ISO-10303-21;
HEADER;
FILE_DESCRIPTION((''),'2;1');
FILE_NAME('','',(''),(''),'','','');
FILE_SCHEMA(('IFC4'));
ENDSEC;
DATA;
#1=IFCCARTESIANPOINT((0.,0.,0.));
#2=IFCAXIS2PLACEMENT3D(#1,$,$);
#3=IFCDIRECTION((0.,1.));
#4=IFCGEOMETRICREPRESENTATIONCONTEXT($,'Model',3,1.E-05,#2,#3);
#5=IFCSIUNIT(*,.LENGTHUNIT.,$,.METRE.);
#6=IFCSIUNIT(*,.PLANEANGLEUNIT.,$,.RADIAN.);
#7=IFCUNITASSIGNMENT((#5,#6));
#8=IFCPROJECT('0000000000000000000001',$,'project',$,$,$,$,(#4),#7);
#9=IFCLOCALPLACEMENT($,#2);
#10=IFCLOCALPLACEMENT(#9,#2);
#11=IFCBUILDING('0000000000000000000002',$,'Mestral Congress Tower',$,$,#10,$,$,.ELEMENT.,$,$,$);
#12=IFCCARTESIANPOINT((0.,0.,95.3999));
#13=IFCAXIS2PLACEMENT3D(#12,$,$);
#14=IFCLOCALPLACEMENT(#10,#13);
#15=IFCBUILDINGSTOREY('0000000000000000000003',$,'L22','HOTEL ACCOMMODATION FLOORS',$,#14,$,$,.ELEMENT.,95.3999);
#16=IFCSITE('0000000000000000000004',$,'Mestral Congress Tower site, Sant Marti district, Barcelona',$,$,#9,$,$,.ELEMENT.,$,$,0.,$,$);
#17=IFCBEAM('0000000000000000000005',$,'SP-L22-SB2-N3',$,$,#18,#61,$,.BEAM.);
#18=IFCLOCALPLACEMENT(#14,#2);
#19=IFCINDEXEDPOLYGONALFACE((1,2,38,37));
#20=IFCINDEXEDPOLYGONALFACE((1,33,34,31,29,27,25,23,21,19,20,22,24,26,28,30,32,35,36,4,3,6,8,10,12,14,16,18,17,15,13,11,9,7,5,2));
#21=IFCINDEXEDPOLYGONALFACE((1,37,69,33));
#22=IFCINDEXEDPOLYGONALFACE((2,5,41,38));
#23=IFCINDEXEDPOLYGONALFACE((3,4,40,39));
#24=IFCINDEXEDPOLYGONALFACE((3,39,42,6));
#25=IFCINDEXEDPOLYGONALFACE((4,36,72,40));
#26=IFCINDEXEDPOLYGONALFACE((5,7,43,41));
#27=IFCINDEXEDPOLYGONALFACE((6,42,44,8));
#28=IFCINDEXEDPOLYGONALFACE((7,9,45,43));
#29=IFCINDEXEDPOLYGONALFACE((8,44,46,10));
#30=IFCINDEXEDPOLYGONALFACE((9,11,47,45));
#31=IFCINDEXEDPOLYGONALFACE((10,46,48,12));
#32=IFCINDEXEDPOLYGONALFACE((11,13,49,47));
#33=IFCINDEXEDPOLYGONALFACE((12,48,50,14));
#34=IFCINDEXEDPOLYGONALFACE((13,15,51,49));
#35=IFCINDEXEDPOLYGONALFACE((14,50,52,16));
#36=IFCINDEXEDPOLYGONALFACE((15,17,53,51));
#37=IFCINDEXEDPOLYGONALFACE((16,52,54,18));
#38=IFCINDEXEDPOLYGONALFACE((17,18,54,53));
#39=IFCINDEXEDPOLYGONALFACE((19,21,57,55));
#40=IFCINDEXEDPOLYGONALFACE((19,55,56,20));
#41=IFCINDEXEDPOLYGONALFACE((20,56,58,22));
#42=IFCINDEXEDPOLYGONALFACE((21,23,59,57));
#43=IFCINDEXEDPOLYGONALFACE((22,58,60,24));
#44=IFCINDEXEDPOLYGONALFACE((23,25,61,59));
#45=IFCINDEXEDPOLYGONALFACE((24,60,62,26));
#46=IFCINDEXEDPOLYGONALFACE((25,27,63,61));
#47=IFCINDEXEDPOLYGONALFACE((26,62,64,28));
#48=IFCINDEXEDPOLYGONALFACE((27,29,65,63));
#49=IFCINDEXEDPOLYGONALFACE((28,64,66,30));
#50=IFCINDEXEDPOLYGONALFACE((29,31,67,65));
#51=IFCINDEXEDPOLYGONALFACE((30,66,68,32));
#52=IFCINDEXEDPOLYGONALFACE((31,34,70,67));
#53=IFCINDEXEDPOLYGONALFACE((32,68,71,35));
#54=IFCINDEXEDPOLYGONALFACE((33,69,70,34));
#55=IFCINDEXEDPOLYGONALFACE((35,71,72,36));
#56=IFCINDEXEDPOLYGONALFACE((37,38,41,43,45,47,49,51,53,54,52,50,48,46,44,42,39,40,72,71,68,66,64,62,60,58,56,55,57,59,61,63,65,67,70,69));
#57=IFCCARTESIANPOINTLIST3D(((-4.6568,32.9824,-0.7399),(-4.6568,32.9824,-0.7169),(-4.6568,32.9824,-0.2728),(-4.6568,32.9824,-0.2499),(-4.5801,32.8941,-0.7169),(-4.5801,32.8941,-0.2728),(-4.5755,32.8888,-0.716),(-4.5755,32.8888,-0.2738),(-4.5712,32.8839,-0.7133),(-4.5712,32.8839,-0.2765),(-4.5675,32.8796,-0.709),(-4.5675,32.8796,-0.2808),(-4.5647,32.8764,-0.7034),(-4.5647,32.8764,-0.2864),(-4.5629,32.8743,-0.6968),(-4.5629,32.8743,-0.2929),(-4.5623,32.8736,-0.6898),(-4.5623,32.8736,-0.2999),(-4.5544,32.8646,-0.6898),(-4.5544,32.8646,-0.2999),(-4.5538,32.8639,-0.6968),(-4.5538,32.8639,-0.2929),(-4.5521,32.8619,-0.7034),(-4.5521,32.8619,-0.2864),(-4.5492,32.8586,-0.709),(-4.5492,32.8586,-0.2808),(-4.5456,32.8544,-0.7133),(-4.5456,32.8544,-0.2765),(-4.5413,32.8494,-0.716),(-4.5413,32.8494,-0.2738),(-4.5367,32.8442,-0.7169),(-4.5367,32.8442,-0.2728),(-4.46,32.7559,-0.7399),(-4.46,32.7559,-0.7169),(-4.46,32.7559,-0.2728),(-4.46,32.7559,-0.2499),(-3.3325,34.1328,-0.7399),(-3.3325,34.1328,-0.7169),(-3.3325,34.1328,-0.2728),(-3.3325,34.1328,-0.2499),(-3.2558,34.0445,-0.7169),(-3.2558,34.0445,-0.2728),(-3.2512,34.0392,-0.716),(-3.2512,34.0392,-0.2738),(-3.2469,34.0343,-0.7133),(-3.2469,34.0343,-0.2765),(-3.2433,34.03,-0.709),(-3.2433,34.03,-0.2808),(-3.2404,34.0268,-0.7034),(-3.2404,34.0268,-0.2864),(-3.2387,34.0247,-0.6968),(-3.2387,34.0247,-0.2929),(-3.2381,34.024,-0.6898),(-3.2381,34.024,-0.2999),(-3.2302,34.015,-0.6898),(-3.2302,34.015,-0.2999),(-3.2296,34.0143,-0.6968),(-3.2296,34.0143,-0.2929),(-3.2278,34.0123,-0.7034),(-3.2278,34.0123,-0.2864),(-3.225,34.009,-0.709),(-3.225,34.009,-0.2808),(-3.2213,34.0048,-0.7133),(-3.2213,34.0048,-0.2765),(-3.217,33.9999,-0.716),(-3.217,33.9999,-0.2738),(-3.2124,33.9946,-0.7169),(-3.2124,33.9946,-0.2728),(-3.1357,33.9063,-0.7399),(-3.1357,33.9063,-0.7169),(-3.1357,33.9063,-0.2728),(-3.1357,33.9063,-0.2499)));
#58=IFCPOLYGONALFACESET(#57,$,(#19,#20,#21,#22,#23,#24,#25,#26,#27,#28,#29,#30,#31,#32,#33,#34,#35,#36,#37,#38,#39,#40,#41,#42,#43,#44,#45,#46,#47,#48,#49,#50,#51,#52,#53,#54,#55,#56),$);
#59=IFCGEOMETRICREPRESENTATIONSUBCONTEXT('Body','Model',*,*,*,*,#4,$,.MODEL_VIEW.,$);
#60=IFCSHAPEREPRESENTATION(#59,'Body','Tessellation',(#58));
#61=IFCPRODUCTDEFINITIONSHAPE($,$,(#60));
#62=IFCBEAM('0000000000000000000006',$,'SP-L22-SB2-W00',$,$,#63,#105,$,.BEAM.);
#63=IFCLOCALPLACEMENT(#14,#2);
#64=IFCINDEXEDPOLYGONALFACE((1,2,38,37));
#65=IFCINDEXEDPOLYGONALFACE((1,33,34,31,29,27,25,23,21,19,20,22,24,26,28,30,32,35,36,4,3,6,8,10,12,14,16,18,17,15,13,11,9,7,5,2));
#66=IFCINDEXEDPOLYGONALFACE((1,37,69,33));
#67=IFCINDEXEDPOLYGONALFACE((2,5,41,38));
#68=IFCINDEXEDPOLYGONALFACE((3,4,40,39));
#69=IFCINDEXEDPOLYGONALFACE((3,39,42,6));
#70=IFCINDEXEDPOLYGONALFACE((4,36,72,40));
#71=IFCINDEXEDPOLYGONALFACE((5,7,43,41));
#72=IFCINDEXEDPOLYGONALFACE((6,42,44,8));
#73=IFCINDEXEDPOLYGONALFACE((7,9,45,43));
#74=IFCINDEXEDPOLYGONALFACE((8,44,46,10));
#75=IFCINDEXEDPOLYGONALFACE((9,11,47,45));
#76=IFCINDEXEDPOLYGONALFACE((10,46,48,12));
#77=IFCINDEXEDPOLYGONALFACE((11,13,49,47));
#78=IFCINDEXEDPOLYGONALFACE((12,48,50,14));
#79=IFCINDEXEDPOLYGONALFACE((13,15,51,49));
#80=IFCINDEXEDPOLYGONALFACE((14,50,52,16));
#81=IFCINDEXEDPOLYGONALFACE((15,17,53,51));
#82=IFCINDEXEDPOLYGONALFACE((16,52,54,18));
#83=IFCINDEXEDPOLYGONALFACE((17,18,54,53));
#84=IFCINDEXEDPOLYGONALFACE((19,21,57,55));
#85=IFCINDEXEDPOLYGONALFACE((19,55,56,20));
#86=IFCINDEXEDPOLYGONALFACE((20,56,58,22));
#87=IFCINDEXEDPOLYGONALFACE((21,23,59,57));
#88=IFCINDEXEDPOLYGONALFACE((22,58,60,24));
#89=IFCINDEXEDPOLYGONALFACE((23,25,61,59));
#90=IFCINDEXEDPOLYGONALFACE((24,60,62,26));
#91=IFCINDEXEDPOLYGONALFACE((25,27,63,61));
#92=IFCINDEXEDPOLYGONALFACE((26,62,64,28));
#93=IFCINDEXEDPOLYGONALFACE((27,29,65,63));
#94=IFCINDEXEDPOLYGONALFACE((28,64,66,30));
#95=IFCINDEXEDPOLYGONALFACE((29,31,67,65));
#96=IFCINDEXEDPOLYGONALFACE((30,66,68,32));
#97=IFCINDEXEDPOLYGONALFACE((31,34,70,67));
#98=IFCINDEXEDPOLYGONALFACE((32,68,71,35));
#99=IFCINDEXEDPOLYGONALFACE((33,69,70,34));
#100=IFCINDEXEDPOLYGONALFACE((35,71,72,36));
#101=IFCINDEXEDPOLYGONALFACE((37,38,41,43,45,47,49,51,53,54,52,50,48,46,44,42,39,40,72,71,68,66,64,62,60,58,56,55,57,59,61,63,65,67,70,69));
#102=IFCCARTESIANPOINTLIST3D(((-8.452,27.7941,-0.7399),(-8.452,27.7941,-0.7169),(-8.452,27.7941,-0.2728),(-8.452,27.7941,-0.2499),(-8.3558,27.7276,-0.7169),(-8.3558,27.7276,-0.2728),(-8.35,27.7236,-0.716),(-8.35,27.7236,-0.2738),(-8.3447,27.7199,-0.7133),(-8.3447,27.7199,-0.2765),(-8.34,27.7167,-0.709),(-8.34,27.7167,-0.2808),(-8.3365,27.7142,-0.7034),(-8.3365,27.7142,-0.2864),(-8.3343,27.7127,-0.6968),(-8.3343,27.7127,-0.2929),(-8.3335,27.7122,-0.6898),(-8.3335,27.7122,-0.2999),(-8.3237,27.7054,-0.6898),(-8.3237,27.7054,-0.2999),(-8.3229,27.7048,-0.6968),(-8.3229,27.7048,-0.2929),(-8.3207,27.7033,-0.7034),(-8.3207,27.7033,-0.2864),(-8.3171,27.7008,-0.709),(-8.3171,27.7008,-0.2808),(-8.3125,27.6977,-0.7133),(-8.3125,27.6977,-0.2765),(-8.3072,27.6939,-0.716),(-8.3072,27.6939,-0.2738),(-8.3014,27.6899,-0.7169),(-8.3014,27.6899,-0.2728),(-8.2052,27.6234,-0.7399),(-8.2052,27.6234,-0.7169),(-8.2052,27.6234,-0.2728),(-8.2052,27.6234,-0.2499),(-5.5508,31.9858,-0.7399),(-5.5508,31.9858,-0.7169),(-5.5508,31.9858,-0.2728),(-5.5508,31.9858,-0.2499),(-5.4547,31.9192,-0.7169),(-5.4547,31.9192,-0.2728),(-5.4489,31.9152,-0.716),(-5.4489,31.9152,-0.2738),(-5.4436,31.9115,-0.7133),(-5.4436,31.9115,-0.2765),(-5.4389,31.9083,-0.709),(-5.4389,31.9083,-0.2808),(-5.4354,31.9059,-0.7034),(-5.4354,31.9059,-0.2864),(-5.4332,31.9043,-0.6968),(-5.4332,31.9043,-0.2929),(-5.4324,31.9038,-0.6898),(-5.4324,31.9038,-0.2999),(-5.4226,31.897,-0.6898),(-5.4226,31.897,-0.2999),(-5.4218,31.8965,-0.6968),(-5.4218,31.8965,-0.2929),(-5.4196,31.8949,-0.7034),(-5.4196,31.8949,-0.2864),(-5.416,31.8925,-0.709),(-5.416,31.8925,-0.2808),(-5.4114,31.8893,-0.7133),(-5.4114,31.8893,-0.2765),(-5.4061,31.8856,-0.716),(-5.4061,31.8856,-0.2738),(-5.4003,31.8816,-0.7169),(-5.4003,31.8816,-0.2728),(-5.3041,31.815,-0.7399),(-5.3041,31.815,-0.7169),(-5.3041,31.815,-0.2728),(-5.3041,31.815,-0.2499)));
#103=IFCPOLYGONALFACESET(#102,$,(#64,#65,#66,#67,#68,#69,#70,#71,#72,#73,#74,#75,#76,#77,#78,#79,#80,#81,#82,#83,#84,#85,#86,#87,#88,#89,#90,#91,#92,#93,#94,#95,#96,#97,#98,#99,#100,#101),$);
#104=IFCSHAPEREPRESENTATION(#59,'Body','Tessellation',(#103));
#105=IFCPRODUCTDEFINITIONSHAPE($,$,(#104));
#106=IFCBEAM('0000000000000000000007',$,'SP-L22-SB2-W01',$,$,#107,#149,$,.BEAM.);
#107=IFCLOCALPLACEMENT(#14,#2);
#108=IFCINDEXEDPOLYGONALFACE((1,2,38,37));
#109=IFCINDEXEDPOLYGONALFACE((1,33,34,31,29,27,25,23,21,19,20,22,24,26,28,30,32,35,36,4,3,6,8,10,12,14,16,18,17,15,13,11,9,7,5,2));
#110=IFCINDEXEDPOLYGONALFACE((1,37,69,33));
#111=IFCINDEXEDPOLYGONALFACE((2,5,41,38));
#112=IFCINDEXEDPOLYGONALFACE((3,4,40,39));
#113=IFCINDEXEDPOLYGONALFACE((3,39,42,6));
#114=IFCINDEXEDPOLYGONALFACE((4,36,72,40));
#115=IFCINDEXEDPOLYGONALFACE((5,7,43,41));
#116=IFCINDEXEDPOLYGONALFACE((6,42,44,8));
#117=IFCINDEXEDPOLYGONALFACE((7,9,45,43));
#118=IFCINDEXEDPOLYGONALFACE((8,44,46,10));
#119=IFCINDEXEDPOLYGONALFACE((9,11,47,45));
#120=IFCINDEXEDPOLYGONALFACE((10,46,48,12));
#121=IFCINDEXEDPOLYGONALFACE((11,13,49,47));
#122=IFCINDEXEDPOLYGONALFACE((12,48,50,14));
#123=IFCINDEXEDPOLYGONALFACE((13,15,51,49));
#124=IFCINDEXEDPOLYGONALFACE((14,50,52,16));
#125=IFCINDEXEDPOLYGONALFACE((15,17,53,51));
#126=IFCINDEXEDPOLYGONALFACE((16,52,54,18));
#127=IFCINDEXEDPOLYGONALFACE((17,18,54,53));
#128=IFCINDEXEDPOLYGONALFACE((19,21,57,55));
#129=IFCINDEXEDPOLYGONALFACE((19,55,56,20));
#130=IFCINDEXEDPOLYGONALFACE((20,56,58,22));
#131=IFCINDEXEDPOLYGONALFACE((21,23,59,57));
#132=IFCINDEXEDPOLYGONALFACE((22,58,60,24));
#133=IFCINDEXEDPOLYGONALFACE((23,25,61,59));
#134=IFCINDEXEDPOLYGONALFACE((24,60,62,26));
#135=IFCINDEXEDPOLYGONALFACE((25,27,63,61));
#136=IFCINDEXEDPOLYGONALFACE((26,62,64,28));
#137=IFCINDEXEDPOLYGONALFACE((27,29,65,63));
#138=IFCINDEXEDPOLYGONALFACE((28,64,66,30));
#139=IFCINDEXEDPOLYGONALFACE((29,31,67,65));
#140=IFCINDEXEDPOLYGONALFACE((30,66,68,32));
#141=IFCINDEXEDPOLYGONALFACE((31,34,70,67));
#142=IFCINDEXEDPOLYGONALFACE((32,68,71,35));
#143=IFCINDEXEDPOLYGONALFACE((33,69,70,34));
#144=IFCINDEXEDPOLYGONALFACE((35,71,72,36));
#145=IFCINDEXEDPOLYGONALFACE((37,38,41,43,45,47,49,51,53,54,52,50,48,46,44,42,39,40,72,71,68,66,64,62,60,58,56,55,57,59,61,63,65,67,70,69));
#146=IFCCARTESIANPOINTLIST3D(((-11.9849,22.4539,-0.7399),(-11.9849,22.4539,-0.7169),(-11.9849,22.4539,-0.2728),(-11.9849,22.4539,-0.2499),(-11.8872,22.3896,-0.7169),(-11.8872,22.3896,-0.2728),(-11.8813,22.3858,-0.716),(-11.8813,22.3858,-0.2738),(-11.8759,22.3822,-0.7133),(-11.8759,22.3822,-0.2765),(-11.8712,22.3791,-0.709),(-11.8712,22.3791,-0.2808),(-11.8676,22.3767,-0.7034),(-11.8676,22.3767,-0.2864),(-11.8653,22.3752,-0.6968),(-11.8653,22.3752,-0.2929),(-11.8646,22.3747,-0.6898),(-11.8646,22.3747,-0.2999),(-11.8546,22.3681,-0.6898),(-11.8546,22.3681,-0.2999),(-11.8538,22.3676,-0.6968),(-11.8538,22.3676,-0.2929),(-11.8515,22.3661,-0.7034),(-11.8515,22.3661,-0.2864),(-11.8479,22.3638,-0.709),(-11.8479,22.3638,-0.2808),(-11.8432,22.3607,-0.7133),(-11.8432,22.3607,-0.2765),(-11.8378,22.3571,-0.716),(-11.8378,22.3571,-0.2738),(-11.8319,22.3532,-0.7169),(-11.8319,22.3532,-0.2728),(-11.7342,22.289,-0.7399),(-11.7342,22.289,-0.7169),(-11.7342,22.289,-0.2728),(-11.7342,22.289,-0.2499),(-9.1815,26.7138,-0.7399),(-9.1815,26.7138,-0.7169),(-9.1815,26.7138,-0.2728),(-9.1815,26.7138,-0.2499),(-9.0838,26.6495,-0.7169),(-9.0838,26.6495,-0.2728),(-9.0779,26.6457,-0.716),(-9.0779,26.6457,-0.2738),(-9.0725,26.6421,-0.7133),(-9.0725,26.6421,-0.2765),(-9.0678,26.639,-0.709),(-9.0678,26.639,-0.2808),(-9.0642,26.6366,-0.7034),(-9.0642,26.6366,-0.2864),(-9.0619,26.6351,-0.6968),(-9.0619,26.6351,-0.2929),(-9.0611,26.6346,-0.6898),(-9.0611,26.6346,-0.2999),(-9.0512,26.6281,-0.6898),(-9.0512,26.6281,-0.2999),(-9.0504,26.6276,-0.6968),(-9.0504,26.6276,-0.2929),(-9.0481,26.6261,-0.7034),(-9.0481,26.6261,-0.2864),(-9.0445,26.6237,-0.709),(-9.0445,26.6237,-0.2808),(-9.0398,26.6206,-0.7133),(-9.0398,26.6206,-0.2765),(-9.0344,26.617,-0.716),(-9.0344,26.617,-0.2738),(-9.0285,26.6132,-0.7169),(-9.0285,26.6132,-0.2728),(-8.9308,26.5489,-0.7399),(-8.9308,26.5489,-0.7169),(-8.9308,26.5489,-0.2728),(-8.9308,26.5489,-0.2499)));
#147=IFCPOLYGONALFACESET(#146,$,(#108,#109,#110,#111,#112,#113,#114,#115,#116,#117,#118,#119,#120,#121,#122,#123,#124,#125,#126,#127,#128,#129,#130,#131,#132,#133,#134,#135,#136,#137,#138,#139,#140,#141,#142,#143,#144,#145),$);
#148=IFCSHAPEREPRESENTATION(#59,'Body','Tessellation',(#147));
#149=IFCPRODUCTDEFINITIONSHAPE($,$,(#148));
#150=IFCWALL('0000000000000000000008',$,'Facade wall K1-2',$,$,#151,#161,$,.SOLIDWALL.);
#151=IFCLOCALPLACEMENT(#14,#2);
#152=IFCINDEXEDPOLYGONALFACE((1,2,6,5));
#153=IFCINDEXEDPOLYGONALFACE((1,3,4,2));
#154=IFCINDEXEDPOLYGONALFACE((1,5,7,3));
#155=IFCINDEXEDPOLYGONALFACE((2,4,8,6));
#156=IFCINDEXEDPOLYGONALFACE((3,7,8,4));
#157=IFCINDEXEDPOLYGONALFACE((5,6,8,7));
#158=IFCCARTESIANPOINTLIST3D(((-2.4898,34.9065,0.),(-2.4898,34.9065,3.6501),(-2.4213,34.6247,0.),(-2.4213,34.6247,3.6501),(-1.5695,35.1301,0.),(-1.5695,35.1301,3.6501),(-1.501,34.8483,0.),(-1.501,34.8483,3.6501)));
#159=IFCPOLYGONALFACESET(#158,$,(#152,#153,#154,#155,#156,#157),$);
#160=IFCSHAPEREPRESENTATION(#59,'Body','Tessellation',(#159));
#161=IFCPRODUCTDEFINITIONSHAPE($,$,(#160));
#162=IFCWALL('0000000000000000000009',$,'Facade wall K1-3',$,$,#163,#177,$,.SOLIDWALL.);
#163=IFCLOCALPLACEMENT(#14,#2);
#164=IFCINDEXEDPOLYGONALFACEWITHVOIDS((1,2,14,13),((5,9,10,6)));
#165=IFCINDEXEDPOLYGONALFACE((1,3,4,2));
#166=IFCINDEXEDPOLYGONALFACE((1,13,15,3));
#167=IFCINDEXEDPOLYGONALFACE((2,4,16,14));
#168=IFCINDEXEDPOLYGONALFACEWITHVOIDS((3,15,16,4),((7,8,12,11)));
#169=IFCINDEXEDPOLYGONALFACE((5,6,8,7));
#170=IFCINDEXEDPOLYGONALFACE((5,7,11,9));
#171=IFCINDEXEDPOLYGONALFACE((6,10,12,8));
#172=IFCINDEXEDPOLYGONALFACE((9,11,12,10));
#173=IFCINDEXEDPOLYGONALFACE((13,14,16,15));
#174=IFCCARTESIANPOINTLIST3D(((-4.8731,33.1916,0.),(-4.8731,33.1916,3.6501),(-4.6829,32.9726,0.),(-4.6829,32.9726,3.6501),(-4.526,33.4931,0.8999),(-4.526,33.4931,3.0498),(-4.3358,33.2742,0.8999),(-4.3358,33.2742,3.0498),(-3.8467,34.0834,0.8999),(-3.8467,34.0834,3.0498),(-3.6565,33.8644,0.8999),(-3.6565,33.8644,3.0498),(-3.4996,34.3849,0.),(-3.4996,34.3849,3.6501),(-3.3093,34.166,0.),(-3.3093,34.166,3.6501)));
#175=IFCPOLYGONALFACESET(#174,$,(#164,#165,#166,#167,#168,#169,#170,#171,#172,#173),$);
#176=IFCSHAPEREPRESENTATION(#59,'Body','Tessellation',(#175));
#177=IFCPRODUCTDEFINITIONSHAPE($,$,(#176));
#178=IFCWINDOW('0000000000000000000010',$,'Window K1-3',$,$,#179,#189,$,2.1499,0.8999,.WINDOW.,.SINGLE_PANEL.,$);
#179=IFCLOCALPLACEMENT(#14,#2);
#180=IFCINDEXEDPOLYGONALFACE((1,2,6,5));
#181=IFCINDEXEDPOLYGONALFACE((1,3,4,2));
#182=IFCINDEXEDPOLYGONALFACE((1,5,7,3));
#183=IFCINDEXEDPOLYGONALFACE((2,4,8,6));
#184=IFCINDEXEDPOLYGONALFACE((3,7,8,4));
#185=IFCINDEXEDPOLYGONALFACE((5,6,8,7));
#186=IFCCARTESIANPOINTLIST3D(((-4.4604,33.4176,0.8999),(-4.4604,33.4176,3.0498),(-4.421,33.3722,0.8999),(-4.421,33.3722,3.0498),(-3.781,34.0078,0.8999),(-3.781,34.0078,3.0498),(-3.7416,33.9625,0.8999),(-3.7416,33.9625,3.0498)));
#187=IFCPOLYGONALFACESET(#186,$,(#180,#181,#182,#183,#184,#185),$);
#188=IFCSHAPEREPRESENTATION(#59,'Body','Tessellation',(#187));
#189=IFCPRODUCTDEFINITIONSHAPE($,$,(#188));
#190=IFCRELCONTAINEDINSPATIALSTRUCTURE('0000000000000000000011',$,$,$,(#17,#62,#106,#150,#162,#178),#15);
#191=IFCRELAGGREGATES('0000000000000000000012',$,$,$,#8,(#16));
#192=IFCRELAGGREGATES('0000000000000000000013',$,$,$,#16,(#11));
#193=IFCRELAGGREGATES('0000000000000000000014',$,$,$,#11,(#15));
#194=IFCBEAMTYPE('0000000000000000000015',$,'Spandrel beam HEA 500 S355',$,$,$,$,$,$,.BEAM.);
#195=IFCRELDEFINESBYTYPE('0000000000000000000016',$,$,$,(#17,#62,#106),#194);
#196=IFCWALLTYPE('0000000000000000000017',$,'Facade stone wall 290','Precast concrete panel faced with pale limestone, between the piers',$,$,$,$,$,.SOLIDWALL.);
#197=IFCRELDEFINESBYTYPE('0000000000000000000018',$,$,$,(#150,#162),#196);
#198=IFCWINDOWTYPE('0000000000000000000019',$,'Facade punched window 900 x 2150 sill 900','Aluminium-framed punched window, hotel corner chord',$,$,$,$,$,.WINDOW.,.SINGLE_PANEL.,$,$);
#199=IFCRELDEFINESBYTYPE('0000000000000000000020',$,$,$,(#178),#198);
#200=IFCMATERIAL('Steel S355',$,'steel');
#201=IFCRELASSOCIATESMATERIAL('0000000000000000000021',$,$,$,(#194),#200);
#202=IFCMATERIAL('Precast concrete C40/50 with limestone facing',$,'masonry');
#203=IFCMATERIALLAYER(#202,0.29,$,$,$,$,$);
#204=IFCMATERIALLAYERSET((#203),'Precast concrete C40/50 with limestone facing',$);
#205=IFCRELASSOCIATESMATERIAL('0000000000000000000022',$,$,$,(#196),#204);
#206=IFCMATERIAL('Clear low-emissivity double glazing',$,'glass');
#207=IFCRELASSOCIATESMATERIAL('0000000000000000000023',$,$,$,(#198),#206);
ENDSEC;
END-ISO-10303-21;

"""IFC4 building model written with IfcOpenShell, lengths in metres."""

from ifc_helpers import new_model, si_unit, direction, frame, frame_2d, origin, origin_2d, place, context, subcontext, project, spatial, rectangle, i_section, extrude, material, layer, layer_set, material_profile, profile_set, type_object, element, fill, save


model = new_model("IFC4")

# Units and contexts
model_context = context("Model", 3, precision=1e-05, world=origin(), true_north=direction((0.0, 1.0)))
body_context = subcontext(model_context, "Body", "Model", "MODEL_VIEW")
ifc_project = project(units=[si_unit("LENGTHUNIT", "METRE"), si_unit("PLANEANGLEUNIT", "RADIAN")], contexts=[model_context])

# Site, building, storey
site_placement = place(None, origin())
site = spatial("IfcSite", under=ifc_project, at=site_placement, Name="Mestral Congress Tower site, Sant Marti district, Barcelona", CompositionType="ELEMENT", RefElevation=0.0)
building_placement = place(site_placement, origin())
building = spatial("IfcBuilding", under=site, at=building_placement, Name="Mestral Congress Tower", CompositionType="ELEMENT")
storey_placement = place(building_placement, frame((0.0, 0.0, 95.3999)))
storey = spatial("IfcBuildingStorey", under=building, at=storey_placement, Name="L22", Description="HOTEL ACCOMMODATION FLOORS", CompositionType="ELEMENT", Elevation=95.3999)

# Beams
ifc_material_1 = material(Name="Steel S355", Category="steel")
ifc_material_profile_1 = material_profile(ifc_material_1, i_section(OverallWidth=0.3, OverallDepth=0.49, WebThickness=0.012, FlangeThickness=0.0229, FilletRadius=0.0271, at=origin_2d()), Name="HEA 500")
ifc_profile_set_1 = profile_set([ifc_material_profile_1], Name="Steel S355")
beam_type_1 = type_object("IfcBeamType", Name="Spandrel beam HEA 500 S355", PredefinedType="BEAM", material=ifc_profile_set_1)
beam_1_placement = place(storey_placement, frame((-3.2341, 34.0195, -0.4949), z_axis=(-0.754917, -0.65582, 0.0), x_axis=(0.65582, -0.754917, 0.0)))
element("IfcBeam", 1, at=beam_1_placement, inside=storey, type_object=beam_type_1, Name="SP-L22-SB2-N3", PredefinedType="BEAM", context=body_context, shape_type="SweptSolid", body=[
    extrude(i_section(OverallWidth=0.3, OverallDepth=0.49, WebThickness=0.012, FlangeThickness=0.0229, FilletRadius=0.0271, at=origin_2d()), origin(), (0.0, 0.0, 1.0), 1.7542),
])
beam_2_placement = place(storey_placement, frame((-5.4275, 31.9004, -0.4949), z_axis=(-0.569105, -0.822265, 0.0), x_axis=(0.822265, -0.569105, 0.0)))
element("IfcBeam", 2, at=beam_2_placement, inside=storey, type_object=beam_type_1, Name="SP-L22-SB2-W00", PredefinedType="BEAM", context=body_context, shape_type="SweptSolid", body=[
    extrude(i_section(OverallWidth=0.3, OverallDepth=0.49, WebThickness=0.012, FlangeThickness=0.0229, FilletRadius=0.0271, at=origin_2d()), origin(), (0.0, 0.0, 1.0), 5.0977),
])
beam_3_placement = place(storey_placement, frame((-9.0562, 26.6313, -0.4949), z_axis=(-0.54973, -0.835342, 0.0), x_axis=(0.835342, -0.54973, 0.0)))
element("IfcBeam", 3, at=beam_3_placement, inside=storey, type_object=beam_type_1, Name="SP-L22-SB2-W01", PredefinedType="BEAM", context=body_context, shape_type="SweptSolid", body=[
    extrude(i_section(OverallWidth=0.3, OverallDepth=0.49, WebThickness=0.012, FlangeThickness=0.0229, FilletRadius=0.0271, at=origin_2d()), origin(), (0.0, 0.0, 1.0), 5.0996),
])

# Wall
ifc_material_2 = material(Name="Precast concrete C40/50 with limestone facing", Category="masonry")
ifc_layer_1 = layer(ifc_material_2, 0.29)
ifc_layer_set_1 = layer_set([ifc_layer_1], Name="Precast concrete C40/50 with limestone facing")
wall_type_1 = type_object("IfcWallType", Name="Facade stone wall 290", Description="Precast concrete panel faced with pale limestone, between the piers", PredefinedType="SOLIDWALL", material=ifc_layer_set_1)
wall_1_placement = place(storey_placement, frame((-1.5352, 34.9893, 0.0), z_axis=(0.0, 0.0, 1.0), x_axis=(-0.971714, -0.236161, 0.0)))
element("IfcWall", 4, at=wall_1_placement, inside=storey, type_object=wall_type_1, Name="Facade wall K1-2", PredefinedType="SOLIDWALL", context=body_context, shape_type="SweptSolid", body=[
    extrude(rectangle(XDim=0.947, YDim=0.29, at=frame_2d((0.4736, 0.0))), origin(), (0.0, 0.0, 1.0), 3.6501),
])

# Wall, opening, window
wall_2_placement = place(storey_placement, frame((-3.4045, 34.2754, 0.0), z_axis=(0.0, 0.0, 1.0), x_axis=(-0.754883, -0.65586, 0.0)))
wall_2 = element("IfcWall", 5, at=wall_2_placement, inside=storey, type_object=wall_type_1, Name="Facade wall K1-3", PredefinedType="SOLIDWALL", context=body_context, shape_type="SweptSolid", body=[
    extrude(rectangle(XDim=1.8196, YDim=0.29, at=frame_2d((0.9097, 0.0))), origin(), (0.0, 0.0, 1.0), 3.6501),
])
opening_1_placement = place(wall_2_placement, frame((0.4597, 0.0, 0.8999)))
opening_1 = element("IfcOpeningElement", 6, at=opening_1_placement, cuts=wall_2, PredefinedType="OPENING", context=body_context, shape_type="SweptSolid", body=[
    extrude(rectangle(XDim=0.8999, YDim=2.1499, at=frame_2d((0.45, 1.075))), frame((0.0, 0.155, 0.0), z_axis=(0.0, -1.0, 0.0), x_axis=(1.0, 0.0, 0.0)), (0.0, 0.0, 1.0), 0.3101),
])
ifc_material_3 = material(Name="Clear low-emissivity double glazing", Category="glass")
window_type_1 = type_object("IfcWindowType", Name="Facade punched window 900 x 2150 sill 900", Description="Aluminium-framed punched window, hotel corner chord", PartitioningType="SINGLE_PANEL", PredefinedType="WINDOW", material=ifc_material_3)
window_1_placement = place(opening_1_placement, origin())
window_1 = element("IfcWindow", 7, at=window_1_placement, inside=storey, type_object=window_type_1, Name="Window K1-3", OverallHeight=2.1499, OverallWidth=0.8999, PartitioningType="SINGLE_PANEL", PredefinedType="WINDOW", context=body_context, shape_type="SweptSolid", body=[
    extrude(rectangle(XDim=0.8999, YDim=2.1499, at=frame_2d((0.45, 1.075))), frame((0.0, 0.0151, 0.0), z_axis=(0.0, -1.0, 0.0), x_axis=(1.0, 0.0, 0.0)), (0.0, 0.0, 1.0), 0.0601),
])
fill(opening_1, window_1)

save(model, "model.ifc")
